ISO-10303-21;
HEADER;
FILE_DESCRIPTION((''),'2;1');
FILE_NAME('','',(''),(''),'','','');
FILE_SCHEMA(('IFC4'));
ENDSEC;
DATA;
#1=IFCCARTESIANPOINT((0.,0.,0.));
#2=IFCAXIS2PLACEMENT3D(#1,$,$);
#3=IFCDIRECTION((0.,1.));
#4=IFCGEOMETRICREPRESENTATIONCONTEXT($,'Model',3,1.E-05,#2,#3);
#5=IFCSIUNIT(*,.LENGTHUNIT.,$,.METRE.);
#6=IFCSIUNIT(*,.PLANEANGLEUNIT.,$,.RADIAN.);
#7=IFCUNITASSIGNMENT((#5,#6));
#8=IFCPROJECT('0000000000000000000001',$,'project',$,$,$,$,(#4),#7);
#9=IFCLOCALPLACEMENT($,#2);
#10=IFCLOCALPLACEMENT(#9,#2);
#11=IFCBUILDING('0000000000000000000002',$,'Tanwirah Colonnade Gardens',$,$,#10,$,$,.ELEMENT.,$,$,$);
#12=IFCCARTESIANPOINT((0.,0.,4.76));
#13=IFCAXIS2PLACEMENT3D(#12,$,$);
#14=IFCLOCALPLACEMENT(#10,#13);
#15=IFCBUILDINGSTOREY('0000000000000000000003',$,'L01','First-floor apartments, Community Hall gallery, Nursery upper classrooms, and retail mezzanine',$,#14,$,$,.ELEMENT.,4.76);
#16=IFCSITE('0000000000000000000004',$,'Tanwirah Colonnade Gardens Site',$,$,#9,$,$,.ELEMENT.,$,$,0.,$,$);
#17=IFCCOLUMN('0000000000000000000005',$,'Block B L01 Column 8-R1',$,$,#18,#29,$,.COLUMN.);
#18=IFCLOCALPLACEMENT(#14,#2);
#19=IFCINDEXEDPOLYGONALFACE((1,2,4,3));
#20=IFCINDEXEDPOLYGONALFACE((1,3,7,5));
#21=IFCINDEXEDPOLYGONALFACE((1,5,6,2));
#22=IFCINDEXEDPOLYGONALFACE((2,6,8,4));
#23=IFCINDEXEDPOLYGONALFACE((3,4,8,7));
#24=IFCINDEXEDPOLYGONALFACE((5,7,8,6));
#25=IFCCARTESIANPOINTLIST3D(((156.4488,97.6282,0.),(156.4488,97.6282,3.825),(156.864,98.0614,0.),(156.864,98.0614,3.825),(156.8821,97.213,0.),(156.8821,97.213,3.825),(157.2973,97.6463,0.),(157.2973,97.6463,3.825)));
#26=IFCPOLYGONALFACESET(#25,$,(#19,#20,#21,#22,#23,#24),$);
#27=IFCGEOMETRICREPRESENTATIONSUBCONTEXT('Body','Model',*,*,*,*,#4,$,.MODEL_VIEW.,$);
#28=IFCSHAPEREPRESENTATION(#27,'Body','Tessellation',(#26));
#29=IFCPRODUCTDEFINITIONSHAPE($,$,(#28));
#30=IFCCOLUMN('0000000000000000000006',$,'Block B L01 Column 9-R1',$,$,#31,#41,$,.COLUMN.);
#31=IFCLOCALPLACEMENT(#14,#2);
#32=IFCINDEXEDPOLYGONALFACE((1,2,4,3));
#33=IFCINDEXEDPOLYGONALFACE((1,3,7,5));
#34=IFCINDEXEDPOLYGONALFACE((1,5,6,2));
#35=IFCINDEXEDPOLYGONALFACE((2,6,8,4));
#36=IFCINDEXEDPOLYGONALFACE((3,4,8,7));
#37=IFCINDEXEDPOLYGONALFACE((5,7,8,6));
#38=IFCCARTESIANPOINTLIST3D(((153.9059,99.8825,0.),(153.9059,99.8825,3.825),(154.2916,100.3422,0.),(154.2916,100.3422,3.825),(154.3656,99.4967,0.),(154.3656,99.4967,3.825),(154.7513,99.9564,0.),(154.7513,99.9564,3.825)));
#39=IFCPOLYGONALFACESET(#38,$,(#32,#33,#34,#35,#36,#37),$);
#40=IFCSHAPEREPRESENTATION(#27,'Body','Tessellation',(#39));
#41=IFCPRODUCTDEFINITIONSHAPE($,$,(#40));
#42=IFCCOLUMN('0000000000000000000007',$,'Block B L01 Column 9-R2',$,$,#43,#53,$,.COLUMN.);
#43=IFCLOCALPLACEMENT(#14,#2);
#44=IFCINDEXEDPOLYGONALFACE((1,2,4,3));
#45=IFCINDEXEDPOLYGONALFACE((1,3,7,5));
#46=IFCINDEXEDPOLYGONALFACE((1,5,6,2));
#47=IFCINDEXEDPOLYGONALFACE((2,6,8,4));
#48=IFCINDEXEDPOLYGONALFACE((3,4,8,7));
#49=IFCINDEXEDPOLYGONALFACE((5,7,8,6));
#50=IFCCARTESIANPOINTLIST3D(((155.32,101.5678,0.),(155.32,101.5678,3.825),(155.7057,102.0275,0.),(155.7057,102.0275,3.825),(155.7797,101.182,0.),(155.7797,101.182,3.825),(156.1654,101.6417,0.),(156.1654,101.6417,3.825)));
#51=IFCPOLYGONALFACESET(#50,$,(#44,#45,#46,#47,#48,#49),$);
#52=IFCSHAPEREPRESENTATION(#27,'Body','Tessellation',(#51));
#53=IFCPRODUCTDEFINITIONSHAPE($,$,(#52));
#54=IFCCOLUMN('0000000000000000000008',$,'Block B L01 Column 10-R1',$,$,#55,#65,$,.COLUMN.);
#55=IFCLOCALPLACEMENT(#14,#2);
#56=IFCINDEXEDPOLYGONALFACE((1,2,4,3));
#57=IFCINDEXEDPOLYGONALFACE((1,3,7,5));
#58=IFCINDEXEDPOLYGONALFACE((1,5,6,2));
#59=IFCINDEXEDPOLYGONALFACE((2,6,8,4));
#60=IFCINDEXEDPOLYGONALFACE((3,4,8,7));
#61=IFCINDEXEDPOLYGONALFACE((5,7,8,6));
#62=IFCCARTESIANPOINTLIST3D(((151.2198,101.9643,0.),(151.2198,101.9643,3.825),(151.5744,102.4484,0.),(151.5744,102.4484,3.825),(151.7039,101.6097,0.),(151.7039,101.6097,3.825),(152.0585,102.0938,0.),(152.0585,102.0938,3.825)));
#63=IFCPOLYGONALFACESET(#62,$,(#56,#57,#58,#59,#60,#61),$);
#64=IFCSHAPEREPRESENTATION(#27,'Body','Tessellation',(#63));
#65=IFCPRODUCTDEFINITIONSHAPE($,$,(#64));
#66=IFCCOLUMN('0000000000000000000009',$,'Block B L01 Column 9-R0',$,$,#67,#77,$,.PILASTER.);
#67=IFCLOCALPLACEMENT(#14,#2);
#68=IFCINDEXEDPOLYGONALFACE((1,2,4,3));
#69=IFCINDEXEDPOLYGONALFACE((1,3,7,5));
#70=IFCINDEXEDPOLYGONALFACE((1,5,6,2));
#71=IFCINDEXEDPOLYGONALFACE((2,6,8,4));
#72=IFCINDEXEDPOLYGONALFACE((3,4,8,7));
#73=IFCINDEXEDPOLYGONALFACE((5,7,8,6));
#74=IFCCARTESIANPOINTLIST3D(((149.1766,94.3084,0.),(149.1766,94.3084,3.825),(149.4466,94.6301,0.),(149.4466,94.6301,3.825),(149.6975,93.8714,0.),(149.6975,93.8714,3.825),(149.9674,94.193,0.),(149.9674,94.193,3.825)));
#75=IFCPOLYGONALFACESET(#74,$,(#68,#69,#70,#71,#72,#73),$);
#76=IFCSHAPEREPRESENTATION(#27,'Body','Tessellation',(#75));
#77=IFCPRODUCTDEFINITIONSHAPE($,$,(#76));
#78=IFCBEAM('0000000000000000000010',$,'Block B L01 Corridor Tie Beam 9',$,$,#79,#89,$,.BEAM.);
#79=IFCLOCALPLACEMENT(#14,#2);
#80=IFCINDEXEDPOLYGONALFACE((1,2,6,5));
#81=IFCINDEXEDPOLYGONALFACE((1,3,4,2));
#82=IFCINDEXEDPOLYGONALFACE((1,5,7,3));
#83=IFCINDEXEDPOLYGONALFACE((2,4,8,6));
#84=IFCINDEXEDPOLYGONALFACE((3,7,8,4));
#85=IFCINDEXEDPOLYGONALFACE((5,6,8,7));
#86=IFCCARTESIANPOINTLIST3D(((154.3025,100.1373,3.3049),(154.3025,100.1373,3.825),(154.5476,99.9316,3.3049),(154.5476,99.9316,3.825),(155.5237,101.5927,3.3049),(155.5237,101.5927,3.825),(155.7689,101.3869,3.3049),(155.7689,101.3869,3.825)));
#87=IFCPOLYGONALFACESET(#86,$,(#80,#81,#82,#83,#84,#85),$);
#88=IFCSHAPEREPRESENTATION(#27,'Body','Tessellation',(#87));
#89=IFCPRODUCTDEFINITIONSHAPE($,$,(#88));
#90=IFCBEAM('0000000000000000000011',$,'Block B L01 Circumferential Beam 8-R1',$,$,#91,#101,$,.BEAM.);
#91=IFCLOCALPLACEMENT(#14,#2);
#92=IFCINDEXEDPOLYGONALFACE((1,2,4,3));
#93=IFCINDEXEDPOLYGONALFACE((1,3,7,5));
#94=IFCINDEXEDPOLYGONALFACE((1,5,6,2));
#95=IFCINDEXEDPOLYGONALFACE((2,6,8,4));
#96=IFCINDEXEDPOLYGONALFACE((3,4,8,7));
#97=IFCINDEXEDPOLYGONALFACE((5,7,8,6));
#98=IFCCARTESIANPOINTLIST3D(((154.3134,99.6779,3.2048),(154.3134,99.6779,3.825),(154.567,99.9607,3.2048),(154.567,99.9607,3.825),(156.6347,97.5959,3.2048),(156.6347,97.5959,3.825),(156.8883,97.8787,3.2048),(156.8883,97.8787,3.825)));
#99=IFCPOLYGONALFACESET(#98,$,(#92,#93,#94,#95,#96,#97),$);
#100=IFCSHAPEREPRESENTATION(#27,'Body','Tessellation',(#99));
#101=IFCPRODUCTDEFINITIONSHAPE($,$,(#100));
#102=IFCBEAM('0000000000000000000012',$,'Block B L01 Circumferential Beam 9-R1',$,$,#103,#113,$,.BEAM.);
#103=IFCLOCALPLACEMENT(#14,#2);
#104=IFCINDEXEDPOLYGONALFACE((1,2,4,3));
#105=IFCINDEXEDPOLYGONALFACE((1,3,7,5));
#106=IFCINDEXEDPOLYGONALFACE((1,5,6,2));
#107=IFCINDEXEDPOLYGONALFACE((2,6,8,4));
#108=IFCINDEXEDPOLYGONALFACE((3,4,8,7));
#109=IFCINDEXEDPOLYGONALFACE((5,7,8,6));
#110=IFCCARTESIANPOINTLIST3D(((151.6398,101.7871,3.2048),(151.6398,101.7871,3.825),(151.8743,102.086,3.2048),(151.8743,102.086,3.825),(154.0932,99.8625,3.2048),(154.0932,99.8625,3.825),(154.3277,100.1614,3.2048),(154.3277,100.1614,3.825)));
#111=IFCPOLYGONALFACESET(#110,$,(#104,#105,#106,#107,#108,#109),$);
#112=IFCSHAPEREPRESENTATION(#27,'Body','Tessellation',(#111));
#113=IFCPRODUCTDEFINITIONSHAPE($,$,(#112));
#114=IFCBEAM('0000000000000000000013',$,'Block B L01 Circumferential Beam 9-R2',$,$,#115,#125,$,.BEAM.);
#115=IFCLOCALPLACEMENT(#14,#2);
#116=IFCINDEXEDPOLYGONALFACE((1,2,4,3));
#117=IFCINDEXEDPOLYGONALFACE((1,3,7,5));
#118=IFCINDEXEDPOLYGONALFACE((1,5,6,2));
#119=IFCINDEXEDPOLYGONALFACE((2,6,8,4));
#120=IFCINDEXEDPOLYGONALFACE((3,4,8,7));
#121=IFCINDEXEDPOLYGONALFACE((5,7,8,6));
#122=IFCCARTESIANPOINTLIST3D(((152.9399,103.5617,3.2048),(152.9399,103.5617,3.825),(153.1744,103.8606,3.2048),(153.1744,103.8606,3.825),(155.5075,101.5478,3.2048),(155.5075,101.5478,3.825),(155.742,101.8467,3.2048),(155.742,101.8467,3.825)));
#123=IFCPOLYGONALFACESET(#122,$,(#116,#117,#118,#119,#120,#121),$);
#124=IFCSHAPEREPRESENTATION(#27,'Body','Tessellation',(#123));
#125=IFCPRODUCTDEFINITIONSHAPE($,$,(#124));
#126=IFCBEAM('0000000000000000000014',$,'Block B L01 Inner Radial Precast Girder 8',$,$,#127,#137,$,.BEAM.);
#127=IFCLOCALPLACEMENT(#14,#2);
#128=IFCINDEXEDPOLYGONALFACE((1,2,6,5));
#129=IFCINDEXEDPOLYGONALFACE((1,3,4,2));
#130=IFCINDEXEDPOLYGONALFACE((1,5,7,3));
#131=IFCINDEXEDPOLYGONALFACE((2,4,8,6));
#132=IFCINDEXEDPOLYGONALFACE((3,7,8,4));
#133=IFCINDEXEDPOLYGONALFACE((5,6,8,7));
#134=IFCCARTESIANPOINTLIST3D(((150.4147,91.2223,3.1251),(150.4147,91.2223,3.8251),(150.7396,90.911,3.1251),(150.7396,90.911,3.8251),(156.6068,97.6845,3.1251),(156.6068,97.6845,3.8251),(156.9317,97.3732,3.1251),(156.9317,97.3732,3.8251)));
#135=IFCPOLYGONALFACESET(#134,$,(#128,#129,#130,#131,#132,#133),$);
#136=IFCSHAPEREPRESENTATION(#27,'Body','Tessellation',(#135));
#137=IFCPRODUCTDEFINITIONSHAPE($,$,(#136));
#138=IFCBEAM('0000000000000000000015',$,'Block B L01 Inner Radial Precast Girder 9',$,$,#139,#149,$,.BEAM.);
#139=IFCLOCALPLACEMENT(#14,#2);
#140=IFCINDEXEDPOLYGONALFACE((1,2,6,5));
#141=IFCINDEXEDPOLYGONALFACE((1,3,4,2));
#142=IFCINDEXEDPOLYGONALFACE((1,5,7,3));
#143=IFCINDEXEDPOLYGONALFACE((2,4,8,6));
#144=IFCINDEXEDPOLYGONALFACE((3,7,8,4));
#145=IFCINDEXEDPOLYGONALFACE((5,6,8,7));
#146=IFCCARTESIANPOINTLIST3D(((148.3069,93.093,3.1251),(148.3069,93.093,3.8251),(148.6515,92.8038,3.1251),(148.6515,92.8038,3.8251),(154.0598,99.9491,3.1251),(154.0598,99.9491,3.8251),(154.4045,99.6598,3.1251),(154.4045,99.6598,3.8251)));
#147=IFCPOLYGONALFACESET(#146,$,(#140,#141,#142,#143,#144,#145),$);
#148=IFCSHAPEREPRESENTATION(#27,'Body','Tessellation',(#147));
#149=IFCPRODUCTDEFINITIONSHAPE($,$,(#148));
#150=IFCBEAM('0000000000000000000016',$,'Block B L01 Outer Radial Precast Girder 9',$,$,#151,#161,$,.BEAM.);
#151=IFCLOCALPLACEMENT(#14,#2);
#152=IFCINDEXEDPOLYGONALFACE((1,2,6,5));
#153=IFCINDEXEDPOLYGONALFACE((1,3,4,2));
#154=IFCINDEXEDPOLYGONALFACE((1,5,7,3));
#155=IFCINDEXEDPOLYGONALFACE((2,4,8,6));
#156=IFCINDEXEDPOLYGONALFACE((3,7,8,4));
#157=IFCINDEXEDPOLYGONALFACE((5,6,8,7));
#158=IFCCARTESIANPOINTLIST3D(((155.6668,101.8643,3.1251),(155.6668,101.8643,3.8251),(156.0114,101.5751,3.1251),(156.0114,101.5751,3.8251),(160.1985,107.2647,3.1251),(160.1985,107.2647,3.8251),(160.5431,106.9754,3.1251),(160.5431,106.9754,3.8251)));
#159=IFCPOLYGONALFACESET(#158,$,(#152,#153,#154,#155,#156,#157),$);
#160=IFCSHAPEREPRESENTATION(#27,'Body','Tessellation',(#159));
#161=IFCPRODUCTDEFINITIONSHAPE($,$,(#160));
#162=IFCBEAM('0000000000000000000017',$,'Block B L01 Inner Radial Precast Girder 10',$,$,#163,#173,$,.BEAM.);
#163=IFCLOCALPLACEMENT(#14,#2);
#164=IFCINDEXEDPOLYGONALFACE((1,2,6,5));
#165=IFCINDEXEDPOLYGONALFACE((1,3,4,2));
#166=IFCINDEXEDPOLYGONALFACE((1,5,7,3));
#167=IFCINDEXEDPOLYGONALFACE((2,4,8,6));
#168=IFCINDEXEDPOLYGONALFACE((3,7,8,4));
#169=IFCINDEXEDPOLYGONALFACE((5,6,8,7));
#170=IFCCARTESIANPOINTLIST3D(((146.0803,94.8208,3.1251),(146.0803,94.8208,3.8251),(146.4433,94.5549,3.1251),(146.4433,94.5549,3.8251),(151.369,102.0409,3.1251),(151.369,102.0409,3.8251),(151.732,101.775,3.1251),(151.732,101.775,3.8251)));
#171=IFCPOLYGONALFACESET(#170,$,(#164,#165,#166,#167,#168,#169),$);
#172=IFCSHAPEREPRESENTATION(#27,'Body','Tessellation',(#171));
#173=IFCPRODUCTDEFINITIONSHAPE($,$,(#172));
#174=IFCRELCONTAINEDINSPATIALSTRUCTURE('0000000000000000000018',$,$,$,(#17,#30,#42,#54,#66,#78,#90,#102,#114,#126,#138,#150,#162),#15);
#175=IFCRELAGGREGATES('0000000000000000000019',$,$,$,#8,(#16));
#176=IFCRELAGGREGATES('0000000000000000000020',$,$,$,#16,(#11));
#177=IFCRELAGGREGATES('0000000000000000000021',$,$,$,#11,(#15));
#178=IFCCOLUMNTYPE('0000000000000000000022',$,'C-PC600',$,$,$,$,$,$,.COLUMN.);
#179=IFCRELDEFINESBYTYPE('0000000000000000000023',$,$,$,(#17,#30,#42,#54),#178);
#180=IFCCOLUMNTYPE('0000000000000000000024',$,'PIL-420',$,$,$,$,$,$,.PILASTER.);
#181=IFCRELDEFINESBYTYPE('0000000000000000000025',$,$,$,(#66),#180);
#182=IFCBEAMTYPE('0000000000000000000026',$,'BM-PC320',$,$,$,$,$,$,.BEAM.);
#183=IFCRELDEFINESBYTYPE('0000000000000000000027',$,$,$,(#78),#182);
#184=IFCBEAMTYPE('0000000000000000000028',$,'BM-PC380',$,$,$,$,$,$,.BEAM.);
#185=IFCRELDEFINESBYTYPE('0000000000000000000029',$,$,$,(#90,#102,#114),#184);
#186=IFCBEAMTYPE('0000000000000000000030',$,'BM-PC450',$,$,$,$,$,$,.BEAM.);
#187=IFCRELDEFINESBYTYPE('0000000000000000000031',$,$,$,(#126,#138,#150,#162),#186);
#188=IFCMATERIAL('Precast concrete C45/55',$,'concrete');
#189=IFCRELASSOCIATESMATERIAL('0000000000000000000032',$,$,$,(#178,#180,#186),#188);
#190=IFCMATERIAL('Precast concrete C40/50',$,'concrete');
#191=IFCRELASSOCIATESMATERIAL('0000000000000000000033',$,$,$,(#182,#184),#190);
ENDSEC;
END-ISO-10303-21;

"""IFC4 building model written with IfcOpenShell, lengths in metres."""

from ifc_helpers import new_model, si_unit, direction, frame, origin, origin_2d, place, context, subcontext, project, spatial, rectangle, extrude, material, material_profile, profile_set, type_object, element, save


model = new_model("IFC4")

# Units and contexts
model_context = context("Model", 3, precision=1e-05, world=origin(), true_north=direction((0.0, 1.0)))
body_context = subcontext(model_context, "Body", "Model", "MODEL_VIEW")
ifc_project = project(units=[si_unit("LENGTHUNIT", "METRE"), si_unit("PLANEANGLEUNIT", "RADIAN")], contexts=[model_context])

# Site, building, storey
site_placement = place(None, origin())
site = spatial("IfcSite", under=ifc_project, at=site_placement, Name="Tanwirah Colonnade Gardens Site", CompositionType="ELEMENT", RefElevation=0.0)
building_placement = place(site_placement, origin())
building = spatial("IfcBuilding", under=site, at=building_placement, Name="Tanwirah Colonnade Gardens", CompositionType="ELEMENT")
storey_placement = place(building_placement, frame((0.0, 0.0, 4.76)))
storey = spatial("IfcBuildingStorey", under=building, at=storey_placement, Name="L01", Description="First-floor apartments, Community Hall gallery, Nursery upper classrooms, and retail mezzanine", CompositionType="ELEMENT", Elevation=4.76)

# Columns
ifc_material_1 = material(Name="Precast concrete C45/55", Category="concrete")
ifc_material_profile_1 = material_profile(ifc_material_1, rectangle(XDim=0.6001, YDim=0.6001, at=origin_2d()), Name="PC-COL 600x600")
ifc_profile_set_1 = profile_set([ifc_material_profile_1], Name="Precast concrete C45/55")
column_type_1 = type_object("IfcColumnType", Name="C-PC600", PredefinedType="COLUMN", material=ifc_profile_set_1)
for number, where, z_axis, x_axis, name in (
    (1, (156.873, 97.6372, 0.0), (0.0, 0.0, 1.0), (0.691863, 0.722029, 0.0), "Block B L01 Column 8-R1"),
    (2, (154.3286, 99.9194, 0.0), (0.0, 0.0, 1.0), (0.642788, 0.766044, 0.0), "Block B L01 Column 9-R1"),
    (3, (155.7427, 101.6047, 0.0), (0.0, 0.0, 1.0), (0.642788, 0.766044, 0.0), "Block B L01 Column 9-R2"),
    (4, (151.6392, 102.0291, 0.0), (0.0, 0.0, 1.0), (0.590919, 0.806731, 0.0), "Block B L01 Column 10-R1"),
):
    element("IfcColumn", number, at=place(storey_placement, frame(where, z_axis=z_axis, x_axis=x_axis)), inside=storey, type_object=column_type_1, Name=name, PredefinedType="COLUMN", context=body_context, shape_type="SweptSolid", body=[
        extrude(rectangle(XDim=0.6001, YDim=0.6001, at=origin_2d()), origin(), (0.0, 0.0, 1.0), 3.825),
    ])
ifc_material_profile_2 = material_profile(ifc_material_1, rectangle(XDim=0.4199, YDim=0.6799, at=origin_2d()), Name="PC-PIL 420x680")
ifc_profile_set_2 = profile_set([ifc_material_profile_2], Name="Precast concrete C45/55")
column_type_2 = type_object("IfcColumnType", Name="PIL-420", PredefinedType="PILASTER", material=ifc_profile_set_2)
column_placement = place(storey_placement, frame((149.572, 94.2507, 0.0), z_axis=(0.0, 0.0, 1.0), x_axis=(0.642788, 0.766044, 0.0)))
element("IfcColumn", 5, at=column_placement, inside=storey, type_object=column_type_2, Name="Block B L01 Column 9-R0", PredefinedType="PILASTER", context=body_context, shape_type="SweptSolid", body=[
    extrude(rectangle(XDim=0.4199, YDim=0.6799, at=origin_2d()), origin(), (0.0, 0.0, 1.0), 3.825),
])

# Beams
ifc_material_2 = material(Name="Precast concrete C40/50", Category="concrete")
ifc_material_profile_3 = material_profile(ifc_material_2, rectangle(XDim=0.3201, YDim=0.52, at=origin_2d()), Name="PC-BM 320x520")
ifc_profile_set_3 = profile_set([ifc_material_profile_3], Name="Precast concrete C40/50")
beam_type_1 = type_object("IfcBeamType", Name="BM-PC320", PredefinedType="BEAM", material=ifc_profile_set_3)
beam_1_placement = place(storey_placement, frame((154.425, 100.0344, 3.5649), z_axis=(0.642797, 0.766036, 0.0), x_axis=(-0.766036, 0.642797, 0.0)))
element("IfcBeam", 6, at=beam_1_placement, inside=storey, type_object=beam_type_1, Name="Block B L01 Corridor Tie Beam 9", PredefinedType="BEAM", context=body_context, shape_type="SweptSolid", body=[
    extrude(rectangle(XDim=0.3201, YDim=0.52, at=origin_2d()), origin(), (0.0, 0.0, 1.0), 1.8999),
])
ifc_material_profile_4 = material_profile(ifc_material_2, rectangle(XDim=0.3799, YDim=0.6201, at=origin_2d()), Name="PC-BM 380x620")
ifc_profile_set_4 = profile_set([ifc_material_profile_4], Name="Precast concrete C40/50")
beam_type_2 = type_object("IfcBeamType", Name="BM-PC380", PredefinedType="BEAM", material=ifc_profile_set_4)
for number, where, z_axis, x_axis, name in (
    (7, (156.7615, 97.7373, 3.5149), (-0.74443, 0.667701, 0.0), (-0.667701, -0.74443, 0.0), "Block B L01 Circumferential Beam 8-R1"),
    (8, (154.2104, 100.012, 3.5149), (-0.786799, 0.617209, 0.0), (-0.617209, -0.786799, 0.0), "Block B L01 Circumferential Beam 9-R1"),
):
    element("IfcBeam", number, at=place(storey_placement, frame(where, z_axis=z_axis, x_axis=x_axis)), inside=storey, type_object=beam_type_2, Name=name, PredefinedType="BEAM", context=body_context, shape_type="SweptSolid", body=[
        extrude(rectangle(XDim=0.3799, YDim=0.6201, at=origin_2d()), origin(), (0.0, 0.0, 1.0), 3.1182),
    ])
beam_2_placement = place(storey_placement, frame((155.6248, 101.6973, 3.5149), z_axis=(-0.78684, 0.617157, 0.0), x_axis=(-0.617157, -0.78684, 0.0)))
element("IfcBeam", 9, at=beam_2_placement, inside=storey, type_object=beam_type_2, Name="Block B L01 Circumferential Beam 9-R2", PredefinedType="BEAM", context=body_context, shape_type="SweptSolid", body=[
    extrude(rectangle(XDim=0.3799, YDim=0.6201, at=origin_2d()), origin(), (0.0, 0.0, 1.0), 3.2632),
])
ifc_material_profile_5 = material_profile(ifc_material_1, rectangle(XDim=0.45, YDim=0.7, at=origin_2d()), Name="PC-BM 450x700")
ifc_profile_set_5 = profile_set([ifc_material_profile_5], Name="Precast concrete C45/55")
beam_type_3 = type_object("IfcBeamType", Name="BM-PC450", PredefinedType="BEAM", material=ifc_profile_set_5)
for number, where, z_axis, x_axis, name in (
    (10, (156.7693, 97.5288, 3.4751), (-0.691861, -0.722031, 0.0), (0.722031, -0.691861, 0.0), "Block B L01 Inner Radial Precast Girder 8"),
    (11, (154.2322, 99.8044, 3.4751), (-0.642794, -0.766039, 0.0), (0.766039, -0.642794, 0.0), "Block B L01 Inner Radial Precast Girder 9"),
):
    element("IfcBeam", number, at=place(storey_placement, frame(where, z_axis=z_axis, x_axis=x_axis)), inside=storey, type_object=beam_type_3, Name=name, PredefinedType="BEAM", context=body_context, shape_type="SweptSolid", body=[
        extrude(rectangle(XDim=0.45, YDim=0.7, at=origin_2d()), origin(), (0.0, 0.0, 1.0), 8.95),
    ])
beam_3_placement = place(storey_placement, frame((155.8391, 101.7197, 3.4751), z_axis=(0.64281, 0.766025, 0.0), x_axis=(-0.766025, 0.64281, 0.0)))
element("IfcBeam", 12, at=beam_3_placement, inside=storey, type_object=beam_type_3, Name="Block B L01 Outer Radial Precast Girder 9", PredefinedType="BEAM", context=body_context, shape_type="SweptSolid", body=[
    extrude(rectangle(XDim=0.45, YDim=0.7, at=origin_2d()), origin(), (0.0, 0.0, 1.0), 7.0498),
])
beam_4_placement = place(storey_placement, frame((151.5505, 101.908, 3.4751), z_axis=(-0.590927, -0.806725, 0.0), x_axis=(0.806725, -0.590927, 0.0)))
element("IfcBeam", 13, at=beam_4_placement, inside=storey, type_object=beam_type_3, Name="Block B L01 Inner Radial Precast Girder 10", PredefinedType="BEAM", context=body_context, shape_type="SweptSolid", body=[
    extrude(rectangle(XDim=0.45, YDim=0.7, at=origin_2d()), origin(), (0.0, 0.0, 1.0), 8.95),
])

save(model, "model.ifc")
